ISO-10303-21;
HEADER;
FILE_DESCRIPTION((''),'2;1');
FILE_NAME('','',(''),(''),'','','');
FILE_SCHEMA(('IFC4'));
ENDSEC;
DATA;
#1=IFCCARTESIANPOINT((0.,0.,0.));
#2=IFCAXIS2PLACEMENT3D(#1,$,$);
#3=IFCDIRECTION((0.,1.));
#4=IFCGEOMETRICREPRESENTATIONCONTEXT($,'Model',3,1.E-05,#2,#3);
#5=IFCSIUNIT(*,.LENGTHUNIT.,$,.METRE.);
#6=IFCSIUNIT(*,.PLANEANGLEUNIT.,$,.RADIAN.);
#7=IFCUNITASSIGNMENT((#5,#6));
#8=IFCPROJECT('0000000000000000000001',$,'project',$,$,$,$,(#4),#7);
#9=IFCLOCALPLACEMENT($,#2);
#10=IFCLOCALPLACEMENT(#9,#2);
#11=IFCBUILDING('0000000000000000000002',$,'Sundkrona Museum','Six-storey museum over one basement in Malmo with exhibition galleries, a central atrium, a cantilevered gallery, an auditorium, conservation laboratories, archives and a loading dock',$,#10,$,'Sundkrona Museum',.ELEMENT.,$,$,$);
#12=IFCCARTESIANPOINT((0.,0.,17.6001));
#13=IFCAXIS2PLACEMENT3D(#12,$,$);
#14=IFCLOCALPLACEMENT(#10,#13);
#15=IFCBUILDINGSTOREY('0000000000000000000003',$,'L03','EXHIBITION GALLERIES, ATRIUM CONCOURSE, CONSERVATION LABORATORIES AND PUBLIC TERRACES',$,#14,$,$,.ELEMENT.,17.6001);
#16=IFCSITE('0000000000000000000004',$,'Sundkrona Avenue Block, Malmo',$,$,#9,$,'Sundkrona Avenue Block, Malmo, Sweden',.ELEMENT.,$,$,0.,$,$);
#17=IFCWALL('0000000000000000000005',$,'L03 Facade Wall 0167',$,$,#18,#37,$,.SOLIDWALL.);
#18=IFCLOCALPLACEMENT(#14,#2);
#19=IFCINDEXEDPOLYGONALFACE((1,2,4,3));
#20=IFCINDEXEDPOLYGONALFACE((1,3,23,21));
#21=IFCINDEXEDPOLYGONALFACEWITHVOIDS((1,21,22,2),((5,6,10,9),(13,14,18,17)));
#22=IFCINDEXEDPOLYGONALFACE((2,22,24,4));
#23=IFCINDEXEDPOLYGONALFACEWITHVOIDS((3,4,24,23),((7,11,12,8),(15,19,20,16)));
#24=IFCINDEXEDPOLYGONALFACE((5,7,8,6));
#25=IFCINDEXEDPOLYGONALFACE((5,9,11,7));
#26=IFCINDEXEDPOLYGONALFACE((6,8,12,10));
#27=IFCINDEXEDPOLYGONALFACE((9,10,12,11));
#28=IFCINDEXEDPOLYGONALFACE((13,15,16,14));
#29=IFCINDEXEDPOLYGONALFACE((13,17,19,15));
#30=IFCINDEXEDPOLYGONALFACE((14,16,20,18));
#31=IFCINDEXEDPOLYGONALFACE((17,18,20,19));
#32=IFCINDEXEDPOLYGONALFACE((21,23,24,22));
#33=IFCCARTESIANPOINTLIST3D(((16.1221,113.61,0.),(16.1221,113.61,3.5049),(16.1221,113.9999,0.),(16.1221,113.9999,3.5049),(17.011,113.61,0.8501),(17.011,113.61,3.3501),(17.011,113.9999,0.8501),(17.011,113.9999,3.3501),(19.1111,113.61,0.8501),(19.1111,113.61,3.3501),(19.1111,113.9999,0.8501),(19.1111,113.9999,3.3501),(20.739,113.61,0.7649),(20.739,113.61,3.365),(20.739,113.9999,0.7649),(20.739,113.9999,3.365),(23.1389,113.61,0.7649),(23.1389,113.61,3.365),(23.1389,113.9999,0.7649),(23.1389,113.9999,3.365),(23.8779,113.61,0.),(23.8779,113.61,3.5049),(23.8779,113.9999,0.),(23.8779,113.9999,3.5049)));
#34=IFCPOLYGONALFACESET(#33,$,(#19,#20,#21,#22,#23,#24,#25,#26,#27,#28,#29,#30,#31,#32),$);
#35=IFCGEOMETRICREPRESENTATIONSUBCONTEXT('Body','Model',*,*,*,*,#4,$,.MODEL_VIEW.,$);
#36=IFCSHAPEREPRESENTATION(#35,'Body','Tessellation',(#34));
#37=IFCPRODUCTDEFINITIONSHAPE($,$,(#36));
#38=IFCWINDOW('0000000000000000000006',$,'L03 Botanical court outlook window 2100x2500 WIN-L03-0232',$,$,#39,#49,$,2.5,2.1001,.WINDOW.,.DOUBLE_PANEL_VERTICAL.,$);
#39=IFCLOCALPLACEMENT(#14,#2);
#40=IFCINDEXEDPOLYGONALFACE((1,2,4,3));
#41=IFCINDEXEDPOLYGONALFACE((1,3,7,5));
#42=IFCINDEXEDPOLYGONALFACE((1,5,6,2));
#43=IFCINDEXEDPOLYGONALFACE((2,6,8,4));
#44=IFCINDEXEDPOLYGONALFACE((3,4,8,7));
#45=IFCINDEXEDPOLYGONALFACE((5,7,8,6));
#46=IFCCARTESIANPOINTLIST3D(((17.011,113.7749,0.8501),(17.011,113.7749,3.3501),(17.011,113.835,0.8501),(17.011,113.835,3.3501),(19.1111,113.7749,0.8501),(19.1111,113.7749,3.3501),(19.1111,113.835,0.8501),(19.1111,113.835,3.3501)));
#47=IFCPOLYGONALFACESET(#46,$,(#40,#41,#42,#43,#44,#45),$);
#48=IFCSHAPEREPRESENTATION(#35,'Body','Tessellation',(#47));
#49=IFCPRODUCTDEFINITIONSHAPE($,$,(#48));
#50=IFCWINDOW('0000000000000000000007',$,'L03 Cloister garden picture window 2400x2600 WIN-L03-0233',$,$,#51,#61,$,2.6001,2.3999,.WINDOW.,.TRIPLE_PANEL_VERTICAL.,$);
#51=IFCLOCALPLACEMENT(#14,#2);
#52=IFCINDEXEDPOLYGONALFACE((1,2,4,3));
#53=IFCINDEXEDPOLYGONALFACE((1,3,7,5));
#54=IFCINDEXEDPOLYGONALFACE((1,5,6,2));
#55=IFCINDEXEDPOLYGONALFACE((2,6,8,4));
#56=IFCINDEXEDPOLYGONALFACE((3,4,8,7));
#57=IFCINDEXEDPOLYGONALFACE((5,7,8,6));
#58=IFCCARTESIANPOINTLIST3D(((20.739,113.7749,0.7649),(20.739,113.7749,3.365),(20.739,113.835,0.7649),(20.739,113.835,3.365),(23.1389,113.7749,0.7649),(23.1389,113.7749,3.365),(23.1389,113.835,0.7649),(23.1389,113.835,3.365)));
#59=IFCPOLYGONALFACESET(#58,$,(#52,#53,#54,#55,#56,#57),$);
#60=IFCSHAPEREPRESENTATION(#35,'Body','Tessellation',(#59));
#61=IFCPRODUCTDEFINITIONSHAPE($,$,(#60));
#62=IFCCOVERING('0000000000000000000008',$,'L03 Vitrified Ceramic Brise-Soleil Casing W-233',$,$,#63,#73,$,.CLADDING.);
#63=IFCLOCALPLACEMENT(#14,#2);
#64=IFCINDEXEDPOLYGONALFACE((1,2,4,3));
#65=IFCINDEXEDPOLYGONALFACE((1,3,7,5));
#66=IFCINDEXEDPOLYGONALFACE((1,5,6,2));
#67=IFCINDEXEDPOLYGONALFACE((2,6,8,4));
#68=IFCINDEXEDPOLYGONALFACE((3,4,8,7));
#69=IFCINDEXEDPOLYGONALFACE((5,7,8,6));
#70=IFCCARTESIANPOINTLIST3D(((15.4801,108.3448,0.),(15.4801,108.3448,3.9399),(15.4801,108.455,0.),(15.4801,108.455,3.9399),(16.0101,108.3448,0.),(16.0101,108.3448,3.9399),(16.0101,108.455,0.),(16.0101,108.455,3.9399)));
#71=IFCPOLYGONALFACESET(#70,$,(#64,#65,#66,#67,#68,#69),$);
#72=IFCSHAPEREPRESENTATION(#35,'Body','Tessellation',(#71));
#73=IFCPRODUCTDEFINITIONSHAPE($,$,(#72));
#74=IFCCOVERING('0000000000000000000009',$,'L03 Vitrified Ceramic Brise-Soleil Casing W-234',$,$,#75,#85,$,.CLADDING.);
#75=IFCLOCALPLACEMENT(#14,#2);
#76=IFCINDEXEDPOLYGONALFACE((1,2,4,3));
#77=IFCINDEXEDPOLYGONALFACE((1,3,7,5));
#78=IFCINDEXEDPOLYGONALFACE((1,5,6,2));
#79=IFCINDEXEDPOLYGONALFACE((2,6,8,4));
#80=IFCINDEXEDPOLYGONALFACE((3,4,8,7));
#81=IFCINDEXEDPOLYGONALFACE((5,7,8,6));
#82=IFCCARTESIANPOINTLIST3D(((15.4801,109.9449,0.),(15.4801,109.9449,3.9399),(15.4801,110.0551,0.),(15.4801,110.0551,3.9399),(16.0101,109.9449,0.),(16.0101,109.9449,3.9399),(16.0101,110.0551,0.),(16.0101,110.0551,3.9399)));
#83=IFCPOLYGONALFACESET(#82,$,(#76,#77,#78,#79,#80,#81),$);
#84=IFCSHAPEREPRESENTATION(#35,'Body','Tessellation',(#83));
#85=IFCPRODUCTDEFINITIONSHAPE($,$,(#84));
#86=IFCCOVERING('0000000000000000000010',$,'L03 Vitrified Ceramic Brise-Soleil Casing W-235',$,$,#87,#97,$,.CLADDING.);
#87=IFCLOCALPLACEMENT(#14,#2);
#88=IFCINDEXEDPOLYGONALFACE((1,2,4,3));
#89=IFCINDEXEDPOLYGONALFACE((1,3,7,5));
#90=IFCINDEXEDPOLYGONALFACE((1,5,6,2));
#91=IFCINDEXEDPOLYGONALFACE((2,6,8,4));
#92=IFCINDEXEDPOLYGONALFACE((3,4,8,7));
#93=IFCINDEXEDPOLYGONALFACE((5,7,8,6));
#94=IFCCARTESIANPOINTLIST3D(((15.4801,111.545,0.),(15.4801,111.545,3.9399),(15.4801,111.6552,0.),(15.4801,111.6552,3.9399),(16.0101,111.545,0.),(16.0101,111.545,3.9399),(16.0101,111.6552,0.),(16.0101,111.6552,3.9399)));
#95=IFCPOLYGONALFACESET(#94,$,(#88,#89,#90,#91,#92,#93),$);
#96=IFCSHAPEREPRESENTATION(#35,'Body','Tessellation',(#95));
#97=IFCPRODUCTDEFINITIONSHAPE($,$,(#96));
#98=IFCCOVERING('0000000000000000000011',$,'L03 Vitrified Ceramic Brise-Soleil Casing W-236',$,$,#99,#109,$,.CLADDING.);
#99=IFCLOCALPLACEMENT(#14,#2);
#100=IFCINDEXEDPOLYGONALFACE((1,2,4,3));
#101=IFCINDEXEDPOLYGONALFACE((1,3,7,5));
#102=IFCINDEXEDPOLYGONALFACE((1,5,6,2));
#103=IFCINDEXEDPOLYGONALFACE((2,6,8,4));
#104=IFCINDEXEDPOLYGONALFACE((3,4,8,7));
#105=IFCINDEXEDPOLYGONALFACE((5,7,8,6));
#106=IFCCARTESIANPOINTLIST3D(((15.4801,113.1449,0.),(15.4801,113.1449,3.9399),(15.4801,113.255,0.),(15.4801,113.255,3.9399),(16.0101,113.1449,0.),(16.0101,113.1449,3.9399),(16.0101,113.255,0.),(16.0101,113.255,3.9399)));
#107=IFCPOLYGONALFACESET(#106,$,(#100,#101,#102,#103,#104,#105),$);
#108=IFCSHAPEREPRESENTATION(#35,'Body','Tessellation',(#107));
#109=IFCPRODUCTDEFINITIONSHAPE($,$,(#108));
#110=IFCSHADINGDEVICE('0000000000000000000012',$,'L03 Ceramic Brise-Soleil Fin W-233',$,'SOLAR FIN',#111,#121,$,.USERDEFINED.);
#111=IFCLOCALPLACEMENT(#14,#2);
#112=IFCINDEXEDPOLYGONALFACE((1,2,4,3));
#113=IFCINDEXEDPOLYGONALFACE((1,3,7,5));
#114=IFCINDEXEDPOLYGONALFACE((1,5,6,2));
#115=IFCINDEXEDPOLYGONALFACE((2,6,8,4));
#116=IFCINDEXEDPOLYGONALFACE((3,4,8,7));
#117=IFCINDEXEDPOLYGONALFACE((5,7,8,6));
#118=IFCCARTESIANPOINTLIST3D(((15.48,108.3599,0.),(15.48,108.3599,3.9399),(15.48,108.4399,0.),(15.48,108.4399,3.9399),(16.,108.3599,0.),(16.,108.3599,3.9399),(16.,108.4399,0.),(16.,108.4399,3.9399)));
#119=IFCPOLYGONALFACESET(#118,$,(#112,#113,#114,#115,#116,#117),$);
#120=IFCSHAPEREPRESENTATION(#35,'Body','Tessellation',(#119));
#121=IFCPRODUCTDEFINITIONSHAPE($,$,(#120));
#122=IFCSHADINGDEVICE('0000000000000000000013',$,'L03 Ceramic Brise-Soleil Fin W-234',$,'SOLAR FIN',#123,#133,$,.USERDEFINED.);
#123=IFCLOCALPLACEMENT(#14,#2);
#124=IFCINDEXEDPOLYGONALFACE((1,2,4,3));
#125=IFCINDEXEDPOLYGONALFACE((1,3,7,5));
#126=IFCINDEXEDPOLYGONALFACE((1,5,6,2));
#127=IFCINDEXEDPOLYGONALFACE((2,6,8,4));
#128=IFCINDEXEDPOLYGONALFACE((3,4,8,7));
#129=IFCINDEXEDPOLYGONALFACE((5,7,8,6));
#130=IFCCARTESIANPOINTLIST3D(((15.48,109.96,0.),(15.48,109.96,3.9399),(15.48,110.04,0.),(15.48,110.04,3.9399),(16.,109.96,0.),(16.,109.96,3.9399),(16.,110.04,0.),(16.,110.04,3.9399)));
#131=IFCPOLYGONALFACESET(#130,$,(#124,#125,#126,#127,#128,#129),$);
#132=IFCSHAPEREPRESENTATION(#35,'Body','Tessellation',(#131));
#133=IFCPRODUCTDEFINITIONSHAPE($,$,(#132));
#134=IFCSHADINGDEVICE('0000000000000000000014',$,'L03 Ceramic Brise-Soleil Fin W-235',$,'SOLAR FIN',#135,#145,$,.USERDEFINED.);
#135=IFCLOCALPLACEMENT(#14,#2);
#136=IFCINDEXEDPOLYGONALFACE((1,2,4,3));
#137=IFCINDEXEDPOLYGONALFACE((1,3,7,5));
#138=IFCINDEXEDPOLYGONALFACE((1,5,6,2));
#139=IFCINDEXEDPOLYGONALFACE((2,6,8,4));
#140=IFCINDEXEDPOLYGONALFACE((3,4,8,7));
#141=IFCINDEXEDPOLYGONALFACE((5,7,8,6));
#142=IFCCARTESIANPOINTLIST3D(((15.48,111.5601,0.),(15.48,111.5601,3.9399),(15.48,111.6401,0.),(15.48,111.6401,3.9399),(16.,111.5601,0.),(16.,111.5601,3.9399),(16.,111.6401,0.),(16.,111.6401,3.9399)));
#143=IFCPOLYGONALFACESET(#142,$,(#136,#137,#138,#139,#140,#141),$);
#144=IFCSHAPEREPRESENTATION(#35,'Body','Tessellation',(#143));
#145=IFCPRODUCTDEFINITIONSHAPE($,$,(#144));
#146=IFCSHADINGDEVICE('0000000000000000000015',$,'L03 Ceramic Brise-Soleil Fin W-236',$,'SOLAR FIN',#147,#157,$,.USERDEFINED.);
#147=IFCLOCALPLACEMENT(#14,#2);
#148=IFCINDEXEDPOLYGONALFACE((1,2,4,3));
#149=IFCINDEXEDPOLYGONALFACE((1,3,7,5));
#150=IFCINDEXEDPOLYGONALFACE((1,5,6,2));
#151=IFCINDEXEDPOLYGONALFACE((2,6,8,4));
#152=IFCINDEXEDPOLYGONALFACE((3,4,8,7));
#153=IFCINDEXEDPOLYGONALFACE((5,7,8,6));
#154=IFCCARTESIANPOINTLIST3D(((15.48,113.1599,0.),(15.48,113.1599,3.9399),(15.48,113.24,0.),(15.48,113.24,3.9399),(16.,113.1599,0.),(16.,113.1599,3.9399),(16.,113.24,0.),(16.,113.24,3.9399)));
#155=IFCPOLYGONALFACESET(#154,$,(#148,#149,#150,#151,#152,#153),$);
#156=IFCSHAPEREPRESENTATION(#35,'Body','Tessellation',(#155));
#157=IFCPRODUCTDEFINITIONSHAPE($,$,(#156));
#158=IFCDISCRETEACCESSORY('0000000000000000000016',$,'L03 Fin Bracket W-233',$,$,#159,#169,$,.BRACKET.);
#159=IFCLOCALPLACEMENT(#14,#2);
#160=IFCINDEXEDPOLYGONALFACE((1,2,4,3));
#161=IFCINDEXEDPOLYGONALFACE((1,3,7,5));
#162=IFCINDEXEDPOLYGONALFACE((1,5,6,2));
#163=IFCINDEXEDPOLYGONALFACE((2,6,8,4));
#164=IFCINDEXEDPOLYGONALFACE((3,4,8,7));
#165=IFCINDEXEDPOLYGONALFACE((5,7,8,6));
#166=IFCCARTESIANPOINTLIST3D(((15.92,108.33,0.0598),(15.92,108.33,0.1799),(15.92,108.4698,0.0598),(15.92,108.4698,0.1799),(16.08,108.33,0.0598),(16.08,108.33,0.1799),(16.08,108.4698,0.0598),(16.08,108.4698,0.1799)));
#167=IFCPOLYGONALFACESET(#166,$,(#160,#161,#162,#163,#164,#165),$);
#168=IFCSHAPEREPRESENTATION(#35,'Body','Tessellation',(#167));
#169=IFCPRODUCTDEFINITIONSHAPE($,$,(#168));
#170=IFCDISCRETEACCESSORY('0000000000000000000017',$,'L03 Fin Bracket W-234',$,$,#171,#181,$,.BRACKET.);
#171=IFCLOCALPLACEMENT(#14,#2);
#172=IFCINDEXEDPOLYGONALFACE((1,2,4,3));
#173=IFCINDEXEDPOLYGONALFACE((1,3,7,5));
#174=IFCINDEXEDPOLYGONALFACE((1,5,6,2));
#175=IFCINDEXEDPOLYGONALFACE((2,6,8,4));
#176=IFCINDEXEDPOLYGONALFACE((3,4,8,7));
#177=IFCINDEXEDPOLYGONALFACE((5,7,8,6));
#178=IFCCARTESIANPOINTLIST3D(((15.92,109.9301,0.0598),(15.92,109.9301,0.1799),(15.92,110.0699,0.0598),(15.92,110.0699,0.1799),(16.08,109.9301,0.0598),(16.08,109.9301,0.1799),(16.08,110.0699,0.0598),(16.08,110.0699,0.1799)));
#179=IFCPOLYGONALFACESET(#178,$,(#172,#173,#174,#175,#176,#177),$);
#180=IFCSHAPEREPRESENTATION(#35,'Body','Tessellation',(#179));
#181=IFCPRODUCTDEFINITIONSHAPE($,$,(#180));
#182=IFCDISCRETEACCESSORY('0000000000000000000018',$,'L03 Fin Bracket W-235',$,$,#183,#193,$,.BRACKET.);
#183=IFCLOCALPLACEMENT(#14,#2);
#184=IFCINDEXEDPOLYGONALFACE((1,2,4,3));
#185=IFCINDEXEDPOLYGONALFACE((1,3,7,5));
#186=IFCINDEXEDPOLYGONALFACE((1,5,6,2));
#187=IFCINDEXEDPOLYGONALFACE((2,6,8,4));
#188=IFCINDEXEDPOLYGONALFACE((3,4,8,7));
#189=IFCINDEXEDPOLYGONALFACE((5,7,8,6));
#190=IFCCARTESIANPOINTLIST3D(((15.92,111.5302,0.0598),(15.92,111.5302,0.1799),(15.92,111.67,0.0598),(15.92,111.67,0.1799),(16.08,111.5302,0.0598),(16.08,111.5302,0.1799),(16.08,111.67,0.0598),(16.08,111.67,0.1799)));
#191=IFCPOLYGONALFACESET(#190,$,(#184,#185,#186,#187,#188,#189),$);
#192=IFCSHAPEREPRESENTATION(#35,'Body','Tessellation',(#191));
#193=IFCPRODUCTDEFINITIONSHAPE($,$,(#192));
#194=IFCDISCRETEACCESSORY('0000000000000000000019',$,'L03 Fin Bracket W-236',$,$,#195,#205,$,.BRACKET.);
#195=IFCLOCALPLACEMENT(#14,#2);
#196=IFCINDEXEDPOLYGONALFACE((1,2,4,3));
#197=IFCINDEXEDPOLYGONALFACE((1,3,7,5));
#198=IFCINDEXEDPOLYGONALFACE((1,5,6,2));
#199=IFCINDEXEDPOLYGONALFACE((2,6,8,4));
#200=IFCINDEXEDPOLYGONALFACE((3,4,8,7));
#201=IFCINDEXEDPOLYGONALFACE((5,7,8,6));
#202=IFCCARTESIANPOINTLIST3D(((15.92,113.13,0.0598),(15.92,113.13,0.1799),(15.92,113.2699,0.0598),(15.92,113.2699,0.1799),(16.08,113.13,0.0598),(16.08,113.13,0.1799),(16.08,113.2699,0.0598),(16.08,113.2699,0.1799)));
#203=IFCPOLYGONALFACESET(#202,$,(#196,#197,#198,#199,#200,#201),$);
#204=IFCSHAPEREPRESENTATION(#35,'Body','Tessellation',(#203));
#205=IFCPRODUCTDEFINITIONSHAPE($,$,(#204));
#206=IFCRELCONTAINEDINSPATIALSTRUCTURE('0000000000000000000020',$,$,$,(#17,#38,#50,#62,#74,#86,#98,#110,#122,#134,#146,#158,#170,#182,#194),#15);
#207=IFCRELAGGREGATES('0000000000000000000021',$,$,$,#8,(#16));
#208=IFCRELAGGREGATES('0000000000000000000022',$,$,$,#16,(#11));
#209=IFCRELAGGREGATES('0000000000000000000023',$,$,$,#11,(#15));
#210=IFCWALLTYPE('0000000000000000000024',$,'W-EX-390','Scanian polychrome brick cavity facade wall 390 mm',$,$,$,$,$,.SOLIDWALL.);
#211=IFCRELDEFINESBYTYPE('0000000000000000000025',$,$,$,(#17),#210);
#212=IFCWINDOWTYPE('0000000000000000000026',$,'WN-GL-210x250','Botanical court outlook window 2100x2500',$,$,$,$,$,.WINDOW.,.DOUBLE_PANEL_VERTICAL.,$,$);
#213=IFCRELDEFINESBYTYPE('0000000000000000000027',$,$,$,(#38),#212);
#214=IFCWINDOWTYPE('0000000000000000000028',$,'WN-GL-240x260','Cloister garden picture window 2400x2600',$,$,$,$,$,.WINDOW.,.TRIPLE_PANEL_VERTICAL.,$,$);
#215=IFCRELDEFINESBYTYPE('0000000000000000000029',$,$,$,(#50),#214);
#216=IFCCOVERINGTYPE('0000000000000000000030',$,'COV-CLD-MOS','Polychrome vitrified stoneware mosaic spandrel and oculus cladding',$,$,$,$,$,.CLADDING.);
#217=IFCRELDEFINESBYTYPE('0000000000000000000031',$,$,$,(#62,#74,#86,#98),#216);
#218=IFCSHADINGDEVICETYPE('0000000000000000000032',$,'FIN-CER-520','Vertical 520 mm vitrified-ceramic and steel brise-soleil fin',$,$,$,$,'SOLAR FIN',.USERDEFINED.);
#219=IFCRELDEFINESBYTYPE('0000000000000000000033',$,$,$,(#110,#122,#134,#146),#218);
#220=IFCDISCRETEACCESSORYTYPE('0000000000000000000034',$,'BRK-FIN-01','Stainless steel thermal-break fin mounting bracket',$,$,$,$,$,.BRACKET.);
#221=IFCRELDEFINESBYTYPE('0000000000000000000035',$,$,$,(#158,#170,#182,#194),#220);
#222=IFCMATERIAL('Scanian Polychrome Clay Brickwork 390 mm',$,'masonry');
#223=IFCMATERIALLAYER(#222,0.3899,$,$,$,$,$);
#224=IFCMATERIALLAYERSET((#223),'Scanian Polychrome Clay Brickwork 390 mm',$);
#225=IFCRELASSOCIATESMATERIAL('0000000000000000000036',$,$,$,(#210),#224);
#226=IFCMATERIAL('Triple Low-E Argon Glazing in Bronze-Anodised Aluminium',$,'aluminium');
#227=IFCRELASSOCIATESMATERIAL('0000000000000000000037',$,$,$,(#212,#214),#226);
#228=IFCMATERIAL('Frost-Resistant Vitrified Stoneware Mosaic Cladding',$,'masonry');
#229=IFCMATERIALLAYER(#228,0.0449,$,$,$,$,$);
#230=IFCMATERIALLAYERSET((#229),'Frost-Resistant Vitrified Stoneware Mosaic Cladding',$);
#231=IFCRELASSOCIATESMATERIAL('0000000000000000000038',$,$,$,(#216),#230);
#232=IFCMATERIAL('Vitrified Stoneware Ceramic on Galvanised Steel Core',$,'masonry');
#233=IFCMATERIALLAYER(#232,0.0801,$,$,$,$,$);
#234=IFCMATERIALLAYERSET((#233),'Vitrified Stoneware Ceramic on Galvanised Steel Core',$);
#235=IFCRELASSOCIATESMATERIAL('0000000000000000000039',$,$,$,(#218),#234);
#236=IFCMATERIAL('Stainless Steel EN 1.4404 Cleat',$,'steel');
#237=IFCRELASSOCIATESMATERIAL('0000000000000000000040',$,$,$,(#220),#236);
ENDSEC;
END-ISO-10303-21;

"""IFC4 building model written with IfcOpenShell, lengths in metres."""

from ifc_helpers import new_model, si_unit, direction, frame, frame_2d, origin, origin_2d, place, context, subcontext, project, spatial, rectangle, extrude, material, layer, layer_set, type_object, element, fill, save


model = new_model("IFC4")

# Units and contexts
model_context = context("Model", 3, precision=1e-05, world=origin(), true_north=direction((0.0, 1.0)))
body_context = subcontext(model_context, "Body", "Model", "MODEL_VIEW")
ifc_project = project(units=[si_unit("LENGTHUNIT", "METRE"), si_unit("PLANEANGLEUNIT", "RADIAN")], contexts=[model_context])

# Site, building, storey
site_placement = place(None, origin())
site = spatial("IfcSite", under=ifc_project, at=site_placement, Name="Sundkrona Avenue Block, Malmo", LongName="Sundkrona Avenue Block, Malmo, Sweden", CompositionType="ELEMENT", RefElevation=0.0)
building_placement = place(site_placement, origin())
building = spatial("IfcBuilding", under=site, at=building_placement, Name="Sundkrona Museum", Description="Six-storey museum over one basement in Malmo with exhibition galleries, a central atrium, a cantilevered gallery, an auditorium, conservation laboratories, archives and a loading dock", LongName="Sundkrona Museum", CompositionType="ELEMENT")
storey_placement = place(building_placement, frame((0.0, 0.0, 17.6001)))
storey = spatial("IfcBuildingStorey", under=building, at=storey_placement, Name="L03", Description="EXHIBITION GALLERIES, ATRIUM CONCOURSE, CONSERVATION LABORATORIES AND PUBLIC TERRACES", CompositionType="ELEMENT", Elevation=17.6001)

# Shared definitions
ifc_material_1 = material(Name="Scanian Polychrome Clay Brickwork 390 mm", Category="masonry")
ifc_layer_1 = layer(ifc_material_1, 0.3899)
ifc_layer_set_1 = layer_set([ifc_layer_1], Name="Scanian Polychrome Clay Brickwork 390 mm")
wall_type = type_object("IfcWallType", Name="W-EX-390", Description="Scanian polychrome brick cavity facade wall 390 mm", PredefinedType="SOLIDWALL", material=ifc_layer_set_1)
ifc_material_2 = material(Name="Triple Low-E Argon Glazing in Bronze-Anodised Aluminium", Category="aluminium")

# Wall, openings, windows
wall_1_placement = place(storey_placement, frame((16.1221, 113.8049, 0.0), z_axis=(0.0, 0.0, 1.0), x_axis=(1.0, 0.0, 0.0)))
wall_1 = element("IfcWall", 1, at=wall_1_placement, inside=storey, type_object=wall_type, Name="L03 Facade Wall 0167", PredefinedType="SOLIDWALL", context=body_context, shape_type="SweptSolid", body=[
    extrude(rectangle(XDim=7.7559, YDim=0.3899, at=frame_2d((3.8779, 0.0))), origin(), (0.0, 0.0, 1.0), 3.5049),
])
opening_1_placement = place(wall_1_placement, frame((0.8889, 0.0, 0.8501)))
opening_1 = element("IfcOpeningElement", 2, at=opening_1_placement, cuts=wall_1, PredefinedType="OPENING", context=body_context, shape_type="SweptSolid", body=[
    extrude(rectangle(XDim=2.1001, YDim=2.5, at=frame_2d((1.05, 1.25))), frame((0.0, 0.2048, 0.0), z_axis=(0.0, -1.0, 0.0), x_axis=(1.0, 0.0, 0.0)), (0.0, 0.0, 1.0), 0.4099),
])
opening_2_placement = place(wall_1_placement, frame((4.6169, 0.0, 0.7649)))
opening_2 = element("IfcOpeningElement", 3, at=opening_2_placement, cuts=wall_1, PredefinedType="OPENING", context=body_context, shape_type="SweptSolid", body=[
    extrude(rectangle(XDim=2.3999, YDim=2.6001, at=frame_2d((1.2, 1.3))), frame((0.0, 0.2048, 0.0), z_axis=(0.0, -1.0, 0.0), x_axis=(1.0, 0.0, 0.0)), (0.0, 0.0, 1.0), 0.4099),
])
window_type_1 = type_object("IfcWindowType", Name="WN-GL-210x250", Description="Botanical court outlook window 2100x2500", PartitioningType="DOUBLE_PANEL_VERTICAL", PredefinedType="WINDOW", material=ifc_material_2)
window_1_placement = place(opening_1_placement, origin())
window_1 = element("IfcWindow", 4, at=window_1_placement, inside=storey, type_object=window_type_1, Name="L03 Botanical court outlook window 2100x2500 WIN-L03-0232", OverallHeight=2.5, OverallWidth=2.1001, PartitioningType="DOUBLE_PANEL_VERTICAL", PredefinedType="WINDOW", context=body_context, shape_type="SweptSolid", body=[
    extrude(rectangle(XDim=2.1001, YDim=2.5, at=frame_2d((1.05, 1.25))), frame((0.0, 0.03, 0.0), z_axis=(0.0, -1.0, 0.0), x_axis=(1.0, 0.0, 0.0)), (0.0, 0.0, 1.0), 0.0601),
])
fill(opening_1, window_1)
window_type_2 = type_object("IfcWindowType", Name="WN-GL-240x260", Description="Cloister garden picture window 2400x2600", PartitioningType="TRIPLE_PANEL_VERTICAL", PredefinedType="WINDOW", material=ifc_material_2)
window_2_placement = place(opening_2_placement, origin())
window_2 = element("IfcWindow", 5, at=window_2_placement, inside=storey, type_object=window_type_2, Name="L03 Cloister garden picture window 2400x2600 WIN-L03-0233", OverallHeight=2.6001, OverallWidth=2.3999, PartitioningType="TRIPLE_PANEL_VERTICAL", PredefinedType="WINDOW", context=body_context, shape_type="SweptSolid", body=[
    extrude(rectangle(XDim=2.3999, YDim=2.6001, at=frame_2d((1.2, 1.3))), frame((0.0, 0.03, 0.0), z_axis=(0.0, -1.0, 0.0), x_axis=(1.0, 0.0, 0.0)), (0.0, 0.0, 1.0), 0.0601),
])
fill(opening_2, window_2)

# Coverings
ifc_material_3 = material(Name="Frost-Resistant Vitrified Stoneware Mosaic Cladding", Category="masonry")
ifc_layer_2 = layer(ifc_material_3, 0.0449)
ifc_layer_set_2 = layer_set([ifc_layer_2], Name="Frost-Resistant Vitrified Stoneware Mosaic Cladding")
covering_type = type_object("IfcCoveringType", Name="COV-CLD-MOS", Description="Polychrome vitrified stoneware mosaic spandrel and oculus cladding", PredefinedType="CLADDING", material=ifc_layer_set_2)
for number, where, z_axis, x_axis, name in (
    (6, (15.7451, 108.3999, 0.0), (0.0, 0.0, 1.0), (1.0, 0.0, 0.0), "L03 Vitrified Ceramic Brise-Soleil Casing W-233"),
    (7, (15.7451, 110.0, 0.0), (0.0, 0.0, 1.0), (1.0, 0.0, 0.0), "L03 Vitrified Ceramic Brise-Soleil Casing W-234"),
    (8, (15.7451, 111.6001, 0.0), (0.0, 0.0, 1.0), (1.0, 0.0, 0.0), "L03 Vitrified Ceramic Brise-Soleil Casing W-235"),
    (9, (15.7451, 113.2, 0.0), (0.0, 0.0, 1.0), (1.0, 0.0, 0.0), "L03 Vitrified Ceramic Brise-Soleil Casing W-236"),
):
    element("IfcCovering", number, at=place(storey_placement, frame(where, z_axis=z_axis, x_axis=x_axis)), inside=storey, type_object=covering_type, Name=name, PredefinedType="CLADDING", context=body_context, shape_type="SweptSolid", body=[
        extrude(rectangle(XDim=0.53, YDim=0.1101, at=origin_2d()), origin(), (0.0, 0.0, 1.0), 3.9399),
    ])

# Shading devices
ifc_material_4 = material(Name="Vitrified Stoneware Ceramic on Galvanised Steel Core", Category="masonry")
ifc_layer_3 = layer(ifc_material_4, 0.0801)
ifc_layer_set_3 = layer_set([ifc_layer_3], Name="Vitrified Stoneware Ceramic on Galvanised Steel Core")
shading_device_type = type_object("IfcShadingDeviceType", Name="FIN-CER-520", Description="Vertical 520 mm vitrified-ceramic and steel brise-soleil fin", ElementType="SOLAR FIN", PredefinedType="USERDEFINED", material=ifc_layer_set_3)
for number, where, z_axis, x_axis, name in (
    (10, (15.74, 108.3999, 0.0), (0.0, 0.0, 1.0), (1.0, 0.0, 0.0), "L03 Ceramic Brise-Soleil Fin W-233"),
    (11, (15.74, 110.0, 0.0), (0.0, 0.0, 1.0), (1.0, 0.0, 0.0), "L03 Ceramic Brise-Soleil Fin W-234"),
    (12, (15.74, 111.6001, 0.0), (0.0, 0.0, 1.0), (1.0, 0.0, 0.0), "L03 Ceramic Brise-Soleil Fin W-235"),
    (13, (15.74, 113.2, 0.0), (0.0, 0.0, 1.0), (1.0, 0.0, 0.0), "L03 Ceramic Brise-Soleil Fin W-236"),
):
    element("IfcShadingDevice", number, at=place(storey_placement, frame(where, z_axis=z_axis, x_axis=x_axis)), inside=storey, type_object=shading_device_type, Name=name, ObjectType="SOLAR FIN", PredefinedType="USERDEFINED", context=body_context, shape_type="SweptSolid", body=[
        extrude(rectangle(XDim=0.52, YDim=0.0801, at=origin_2d()), origin(), (0.0, 0.0, 1.0), 3.9399),
    ])

# Discrete accessories
ifc_material_5 = material(Name="Stainless Steel EN 1.4404 Cleat", Category="steel")
discrete_accessory_type = type_object("IfcDiscreteAccessoryType", Name="BRK-FIN-01", Description="Stainless steel thermal-break fin mounting bracket", PredefinedType="BRACKET", material=ifc_material_5)
for number, where, z_axis, x_axis, name in (
    (14, (16.0, 108.3999, 0.0598), (0.0, 0.0, 1.0), (1.0, 0.0, 0.0), "L03 Fin Bracket W-233"),
    (15, (16.0, 110.0, 0.0598), (0.0, 0.0, 1.0), (1.0, 0.0, 0.0), "L03 Fin Bracket W-234"),
    (16, (16.0, 111.6001, 0.0598), (0.0, 0.0, 1.0), (1.0, 0.0, 0.0), "L03 Fin Bracket W-235"),
    (17, (16.0, 113.2, 0.0598), (0.0, 0.0, 1.0), (1.0, 0.0, 0.0), "L03 Fin Bracket W-236"),
):
    element("IfcDiscreteAccessory", number, at=place(storey_placement, frame(where, z_axis=z_axis, x_axis=x_axis)), inside=storey, type_object=discrete_accessory_type, Name=name, PredefinedType="BRACKET", context=body_context, shape_type="SweptSolid", body=[
        extrude(rectangle(XDim=0.1599, YDim=0.1399, at=origin_2d()), origin(), (0.0, 0.0, 1.0), 0.1201),
    ])

save(model, "model.ifc")
